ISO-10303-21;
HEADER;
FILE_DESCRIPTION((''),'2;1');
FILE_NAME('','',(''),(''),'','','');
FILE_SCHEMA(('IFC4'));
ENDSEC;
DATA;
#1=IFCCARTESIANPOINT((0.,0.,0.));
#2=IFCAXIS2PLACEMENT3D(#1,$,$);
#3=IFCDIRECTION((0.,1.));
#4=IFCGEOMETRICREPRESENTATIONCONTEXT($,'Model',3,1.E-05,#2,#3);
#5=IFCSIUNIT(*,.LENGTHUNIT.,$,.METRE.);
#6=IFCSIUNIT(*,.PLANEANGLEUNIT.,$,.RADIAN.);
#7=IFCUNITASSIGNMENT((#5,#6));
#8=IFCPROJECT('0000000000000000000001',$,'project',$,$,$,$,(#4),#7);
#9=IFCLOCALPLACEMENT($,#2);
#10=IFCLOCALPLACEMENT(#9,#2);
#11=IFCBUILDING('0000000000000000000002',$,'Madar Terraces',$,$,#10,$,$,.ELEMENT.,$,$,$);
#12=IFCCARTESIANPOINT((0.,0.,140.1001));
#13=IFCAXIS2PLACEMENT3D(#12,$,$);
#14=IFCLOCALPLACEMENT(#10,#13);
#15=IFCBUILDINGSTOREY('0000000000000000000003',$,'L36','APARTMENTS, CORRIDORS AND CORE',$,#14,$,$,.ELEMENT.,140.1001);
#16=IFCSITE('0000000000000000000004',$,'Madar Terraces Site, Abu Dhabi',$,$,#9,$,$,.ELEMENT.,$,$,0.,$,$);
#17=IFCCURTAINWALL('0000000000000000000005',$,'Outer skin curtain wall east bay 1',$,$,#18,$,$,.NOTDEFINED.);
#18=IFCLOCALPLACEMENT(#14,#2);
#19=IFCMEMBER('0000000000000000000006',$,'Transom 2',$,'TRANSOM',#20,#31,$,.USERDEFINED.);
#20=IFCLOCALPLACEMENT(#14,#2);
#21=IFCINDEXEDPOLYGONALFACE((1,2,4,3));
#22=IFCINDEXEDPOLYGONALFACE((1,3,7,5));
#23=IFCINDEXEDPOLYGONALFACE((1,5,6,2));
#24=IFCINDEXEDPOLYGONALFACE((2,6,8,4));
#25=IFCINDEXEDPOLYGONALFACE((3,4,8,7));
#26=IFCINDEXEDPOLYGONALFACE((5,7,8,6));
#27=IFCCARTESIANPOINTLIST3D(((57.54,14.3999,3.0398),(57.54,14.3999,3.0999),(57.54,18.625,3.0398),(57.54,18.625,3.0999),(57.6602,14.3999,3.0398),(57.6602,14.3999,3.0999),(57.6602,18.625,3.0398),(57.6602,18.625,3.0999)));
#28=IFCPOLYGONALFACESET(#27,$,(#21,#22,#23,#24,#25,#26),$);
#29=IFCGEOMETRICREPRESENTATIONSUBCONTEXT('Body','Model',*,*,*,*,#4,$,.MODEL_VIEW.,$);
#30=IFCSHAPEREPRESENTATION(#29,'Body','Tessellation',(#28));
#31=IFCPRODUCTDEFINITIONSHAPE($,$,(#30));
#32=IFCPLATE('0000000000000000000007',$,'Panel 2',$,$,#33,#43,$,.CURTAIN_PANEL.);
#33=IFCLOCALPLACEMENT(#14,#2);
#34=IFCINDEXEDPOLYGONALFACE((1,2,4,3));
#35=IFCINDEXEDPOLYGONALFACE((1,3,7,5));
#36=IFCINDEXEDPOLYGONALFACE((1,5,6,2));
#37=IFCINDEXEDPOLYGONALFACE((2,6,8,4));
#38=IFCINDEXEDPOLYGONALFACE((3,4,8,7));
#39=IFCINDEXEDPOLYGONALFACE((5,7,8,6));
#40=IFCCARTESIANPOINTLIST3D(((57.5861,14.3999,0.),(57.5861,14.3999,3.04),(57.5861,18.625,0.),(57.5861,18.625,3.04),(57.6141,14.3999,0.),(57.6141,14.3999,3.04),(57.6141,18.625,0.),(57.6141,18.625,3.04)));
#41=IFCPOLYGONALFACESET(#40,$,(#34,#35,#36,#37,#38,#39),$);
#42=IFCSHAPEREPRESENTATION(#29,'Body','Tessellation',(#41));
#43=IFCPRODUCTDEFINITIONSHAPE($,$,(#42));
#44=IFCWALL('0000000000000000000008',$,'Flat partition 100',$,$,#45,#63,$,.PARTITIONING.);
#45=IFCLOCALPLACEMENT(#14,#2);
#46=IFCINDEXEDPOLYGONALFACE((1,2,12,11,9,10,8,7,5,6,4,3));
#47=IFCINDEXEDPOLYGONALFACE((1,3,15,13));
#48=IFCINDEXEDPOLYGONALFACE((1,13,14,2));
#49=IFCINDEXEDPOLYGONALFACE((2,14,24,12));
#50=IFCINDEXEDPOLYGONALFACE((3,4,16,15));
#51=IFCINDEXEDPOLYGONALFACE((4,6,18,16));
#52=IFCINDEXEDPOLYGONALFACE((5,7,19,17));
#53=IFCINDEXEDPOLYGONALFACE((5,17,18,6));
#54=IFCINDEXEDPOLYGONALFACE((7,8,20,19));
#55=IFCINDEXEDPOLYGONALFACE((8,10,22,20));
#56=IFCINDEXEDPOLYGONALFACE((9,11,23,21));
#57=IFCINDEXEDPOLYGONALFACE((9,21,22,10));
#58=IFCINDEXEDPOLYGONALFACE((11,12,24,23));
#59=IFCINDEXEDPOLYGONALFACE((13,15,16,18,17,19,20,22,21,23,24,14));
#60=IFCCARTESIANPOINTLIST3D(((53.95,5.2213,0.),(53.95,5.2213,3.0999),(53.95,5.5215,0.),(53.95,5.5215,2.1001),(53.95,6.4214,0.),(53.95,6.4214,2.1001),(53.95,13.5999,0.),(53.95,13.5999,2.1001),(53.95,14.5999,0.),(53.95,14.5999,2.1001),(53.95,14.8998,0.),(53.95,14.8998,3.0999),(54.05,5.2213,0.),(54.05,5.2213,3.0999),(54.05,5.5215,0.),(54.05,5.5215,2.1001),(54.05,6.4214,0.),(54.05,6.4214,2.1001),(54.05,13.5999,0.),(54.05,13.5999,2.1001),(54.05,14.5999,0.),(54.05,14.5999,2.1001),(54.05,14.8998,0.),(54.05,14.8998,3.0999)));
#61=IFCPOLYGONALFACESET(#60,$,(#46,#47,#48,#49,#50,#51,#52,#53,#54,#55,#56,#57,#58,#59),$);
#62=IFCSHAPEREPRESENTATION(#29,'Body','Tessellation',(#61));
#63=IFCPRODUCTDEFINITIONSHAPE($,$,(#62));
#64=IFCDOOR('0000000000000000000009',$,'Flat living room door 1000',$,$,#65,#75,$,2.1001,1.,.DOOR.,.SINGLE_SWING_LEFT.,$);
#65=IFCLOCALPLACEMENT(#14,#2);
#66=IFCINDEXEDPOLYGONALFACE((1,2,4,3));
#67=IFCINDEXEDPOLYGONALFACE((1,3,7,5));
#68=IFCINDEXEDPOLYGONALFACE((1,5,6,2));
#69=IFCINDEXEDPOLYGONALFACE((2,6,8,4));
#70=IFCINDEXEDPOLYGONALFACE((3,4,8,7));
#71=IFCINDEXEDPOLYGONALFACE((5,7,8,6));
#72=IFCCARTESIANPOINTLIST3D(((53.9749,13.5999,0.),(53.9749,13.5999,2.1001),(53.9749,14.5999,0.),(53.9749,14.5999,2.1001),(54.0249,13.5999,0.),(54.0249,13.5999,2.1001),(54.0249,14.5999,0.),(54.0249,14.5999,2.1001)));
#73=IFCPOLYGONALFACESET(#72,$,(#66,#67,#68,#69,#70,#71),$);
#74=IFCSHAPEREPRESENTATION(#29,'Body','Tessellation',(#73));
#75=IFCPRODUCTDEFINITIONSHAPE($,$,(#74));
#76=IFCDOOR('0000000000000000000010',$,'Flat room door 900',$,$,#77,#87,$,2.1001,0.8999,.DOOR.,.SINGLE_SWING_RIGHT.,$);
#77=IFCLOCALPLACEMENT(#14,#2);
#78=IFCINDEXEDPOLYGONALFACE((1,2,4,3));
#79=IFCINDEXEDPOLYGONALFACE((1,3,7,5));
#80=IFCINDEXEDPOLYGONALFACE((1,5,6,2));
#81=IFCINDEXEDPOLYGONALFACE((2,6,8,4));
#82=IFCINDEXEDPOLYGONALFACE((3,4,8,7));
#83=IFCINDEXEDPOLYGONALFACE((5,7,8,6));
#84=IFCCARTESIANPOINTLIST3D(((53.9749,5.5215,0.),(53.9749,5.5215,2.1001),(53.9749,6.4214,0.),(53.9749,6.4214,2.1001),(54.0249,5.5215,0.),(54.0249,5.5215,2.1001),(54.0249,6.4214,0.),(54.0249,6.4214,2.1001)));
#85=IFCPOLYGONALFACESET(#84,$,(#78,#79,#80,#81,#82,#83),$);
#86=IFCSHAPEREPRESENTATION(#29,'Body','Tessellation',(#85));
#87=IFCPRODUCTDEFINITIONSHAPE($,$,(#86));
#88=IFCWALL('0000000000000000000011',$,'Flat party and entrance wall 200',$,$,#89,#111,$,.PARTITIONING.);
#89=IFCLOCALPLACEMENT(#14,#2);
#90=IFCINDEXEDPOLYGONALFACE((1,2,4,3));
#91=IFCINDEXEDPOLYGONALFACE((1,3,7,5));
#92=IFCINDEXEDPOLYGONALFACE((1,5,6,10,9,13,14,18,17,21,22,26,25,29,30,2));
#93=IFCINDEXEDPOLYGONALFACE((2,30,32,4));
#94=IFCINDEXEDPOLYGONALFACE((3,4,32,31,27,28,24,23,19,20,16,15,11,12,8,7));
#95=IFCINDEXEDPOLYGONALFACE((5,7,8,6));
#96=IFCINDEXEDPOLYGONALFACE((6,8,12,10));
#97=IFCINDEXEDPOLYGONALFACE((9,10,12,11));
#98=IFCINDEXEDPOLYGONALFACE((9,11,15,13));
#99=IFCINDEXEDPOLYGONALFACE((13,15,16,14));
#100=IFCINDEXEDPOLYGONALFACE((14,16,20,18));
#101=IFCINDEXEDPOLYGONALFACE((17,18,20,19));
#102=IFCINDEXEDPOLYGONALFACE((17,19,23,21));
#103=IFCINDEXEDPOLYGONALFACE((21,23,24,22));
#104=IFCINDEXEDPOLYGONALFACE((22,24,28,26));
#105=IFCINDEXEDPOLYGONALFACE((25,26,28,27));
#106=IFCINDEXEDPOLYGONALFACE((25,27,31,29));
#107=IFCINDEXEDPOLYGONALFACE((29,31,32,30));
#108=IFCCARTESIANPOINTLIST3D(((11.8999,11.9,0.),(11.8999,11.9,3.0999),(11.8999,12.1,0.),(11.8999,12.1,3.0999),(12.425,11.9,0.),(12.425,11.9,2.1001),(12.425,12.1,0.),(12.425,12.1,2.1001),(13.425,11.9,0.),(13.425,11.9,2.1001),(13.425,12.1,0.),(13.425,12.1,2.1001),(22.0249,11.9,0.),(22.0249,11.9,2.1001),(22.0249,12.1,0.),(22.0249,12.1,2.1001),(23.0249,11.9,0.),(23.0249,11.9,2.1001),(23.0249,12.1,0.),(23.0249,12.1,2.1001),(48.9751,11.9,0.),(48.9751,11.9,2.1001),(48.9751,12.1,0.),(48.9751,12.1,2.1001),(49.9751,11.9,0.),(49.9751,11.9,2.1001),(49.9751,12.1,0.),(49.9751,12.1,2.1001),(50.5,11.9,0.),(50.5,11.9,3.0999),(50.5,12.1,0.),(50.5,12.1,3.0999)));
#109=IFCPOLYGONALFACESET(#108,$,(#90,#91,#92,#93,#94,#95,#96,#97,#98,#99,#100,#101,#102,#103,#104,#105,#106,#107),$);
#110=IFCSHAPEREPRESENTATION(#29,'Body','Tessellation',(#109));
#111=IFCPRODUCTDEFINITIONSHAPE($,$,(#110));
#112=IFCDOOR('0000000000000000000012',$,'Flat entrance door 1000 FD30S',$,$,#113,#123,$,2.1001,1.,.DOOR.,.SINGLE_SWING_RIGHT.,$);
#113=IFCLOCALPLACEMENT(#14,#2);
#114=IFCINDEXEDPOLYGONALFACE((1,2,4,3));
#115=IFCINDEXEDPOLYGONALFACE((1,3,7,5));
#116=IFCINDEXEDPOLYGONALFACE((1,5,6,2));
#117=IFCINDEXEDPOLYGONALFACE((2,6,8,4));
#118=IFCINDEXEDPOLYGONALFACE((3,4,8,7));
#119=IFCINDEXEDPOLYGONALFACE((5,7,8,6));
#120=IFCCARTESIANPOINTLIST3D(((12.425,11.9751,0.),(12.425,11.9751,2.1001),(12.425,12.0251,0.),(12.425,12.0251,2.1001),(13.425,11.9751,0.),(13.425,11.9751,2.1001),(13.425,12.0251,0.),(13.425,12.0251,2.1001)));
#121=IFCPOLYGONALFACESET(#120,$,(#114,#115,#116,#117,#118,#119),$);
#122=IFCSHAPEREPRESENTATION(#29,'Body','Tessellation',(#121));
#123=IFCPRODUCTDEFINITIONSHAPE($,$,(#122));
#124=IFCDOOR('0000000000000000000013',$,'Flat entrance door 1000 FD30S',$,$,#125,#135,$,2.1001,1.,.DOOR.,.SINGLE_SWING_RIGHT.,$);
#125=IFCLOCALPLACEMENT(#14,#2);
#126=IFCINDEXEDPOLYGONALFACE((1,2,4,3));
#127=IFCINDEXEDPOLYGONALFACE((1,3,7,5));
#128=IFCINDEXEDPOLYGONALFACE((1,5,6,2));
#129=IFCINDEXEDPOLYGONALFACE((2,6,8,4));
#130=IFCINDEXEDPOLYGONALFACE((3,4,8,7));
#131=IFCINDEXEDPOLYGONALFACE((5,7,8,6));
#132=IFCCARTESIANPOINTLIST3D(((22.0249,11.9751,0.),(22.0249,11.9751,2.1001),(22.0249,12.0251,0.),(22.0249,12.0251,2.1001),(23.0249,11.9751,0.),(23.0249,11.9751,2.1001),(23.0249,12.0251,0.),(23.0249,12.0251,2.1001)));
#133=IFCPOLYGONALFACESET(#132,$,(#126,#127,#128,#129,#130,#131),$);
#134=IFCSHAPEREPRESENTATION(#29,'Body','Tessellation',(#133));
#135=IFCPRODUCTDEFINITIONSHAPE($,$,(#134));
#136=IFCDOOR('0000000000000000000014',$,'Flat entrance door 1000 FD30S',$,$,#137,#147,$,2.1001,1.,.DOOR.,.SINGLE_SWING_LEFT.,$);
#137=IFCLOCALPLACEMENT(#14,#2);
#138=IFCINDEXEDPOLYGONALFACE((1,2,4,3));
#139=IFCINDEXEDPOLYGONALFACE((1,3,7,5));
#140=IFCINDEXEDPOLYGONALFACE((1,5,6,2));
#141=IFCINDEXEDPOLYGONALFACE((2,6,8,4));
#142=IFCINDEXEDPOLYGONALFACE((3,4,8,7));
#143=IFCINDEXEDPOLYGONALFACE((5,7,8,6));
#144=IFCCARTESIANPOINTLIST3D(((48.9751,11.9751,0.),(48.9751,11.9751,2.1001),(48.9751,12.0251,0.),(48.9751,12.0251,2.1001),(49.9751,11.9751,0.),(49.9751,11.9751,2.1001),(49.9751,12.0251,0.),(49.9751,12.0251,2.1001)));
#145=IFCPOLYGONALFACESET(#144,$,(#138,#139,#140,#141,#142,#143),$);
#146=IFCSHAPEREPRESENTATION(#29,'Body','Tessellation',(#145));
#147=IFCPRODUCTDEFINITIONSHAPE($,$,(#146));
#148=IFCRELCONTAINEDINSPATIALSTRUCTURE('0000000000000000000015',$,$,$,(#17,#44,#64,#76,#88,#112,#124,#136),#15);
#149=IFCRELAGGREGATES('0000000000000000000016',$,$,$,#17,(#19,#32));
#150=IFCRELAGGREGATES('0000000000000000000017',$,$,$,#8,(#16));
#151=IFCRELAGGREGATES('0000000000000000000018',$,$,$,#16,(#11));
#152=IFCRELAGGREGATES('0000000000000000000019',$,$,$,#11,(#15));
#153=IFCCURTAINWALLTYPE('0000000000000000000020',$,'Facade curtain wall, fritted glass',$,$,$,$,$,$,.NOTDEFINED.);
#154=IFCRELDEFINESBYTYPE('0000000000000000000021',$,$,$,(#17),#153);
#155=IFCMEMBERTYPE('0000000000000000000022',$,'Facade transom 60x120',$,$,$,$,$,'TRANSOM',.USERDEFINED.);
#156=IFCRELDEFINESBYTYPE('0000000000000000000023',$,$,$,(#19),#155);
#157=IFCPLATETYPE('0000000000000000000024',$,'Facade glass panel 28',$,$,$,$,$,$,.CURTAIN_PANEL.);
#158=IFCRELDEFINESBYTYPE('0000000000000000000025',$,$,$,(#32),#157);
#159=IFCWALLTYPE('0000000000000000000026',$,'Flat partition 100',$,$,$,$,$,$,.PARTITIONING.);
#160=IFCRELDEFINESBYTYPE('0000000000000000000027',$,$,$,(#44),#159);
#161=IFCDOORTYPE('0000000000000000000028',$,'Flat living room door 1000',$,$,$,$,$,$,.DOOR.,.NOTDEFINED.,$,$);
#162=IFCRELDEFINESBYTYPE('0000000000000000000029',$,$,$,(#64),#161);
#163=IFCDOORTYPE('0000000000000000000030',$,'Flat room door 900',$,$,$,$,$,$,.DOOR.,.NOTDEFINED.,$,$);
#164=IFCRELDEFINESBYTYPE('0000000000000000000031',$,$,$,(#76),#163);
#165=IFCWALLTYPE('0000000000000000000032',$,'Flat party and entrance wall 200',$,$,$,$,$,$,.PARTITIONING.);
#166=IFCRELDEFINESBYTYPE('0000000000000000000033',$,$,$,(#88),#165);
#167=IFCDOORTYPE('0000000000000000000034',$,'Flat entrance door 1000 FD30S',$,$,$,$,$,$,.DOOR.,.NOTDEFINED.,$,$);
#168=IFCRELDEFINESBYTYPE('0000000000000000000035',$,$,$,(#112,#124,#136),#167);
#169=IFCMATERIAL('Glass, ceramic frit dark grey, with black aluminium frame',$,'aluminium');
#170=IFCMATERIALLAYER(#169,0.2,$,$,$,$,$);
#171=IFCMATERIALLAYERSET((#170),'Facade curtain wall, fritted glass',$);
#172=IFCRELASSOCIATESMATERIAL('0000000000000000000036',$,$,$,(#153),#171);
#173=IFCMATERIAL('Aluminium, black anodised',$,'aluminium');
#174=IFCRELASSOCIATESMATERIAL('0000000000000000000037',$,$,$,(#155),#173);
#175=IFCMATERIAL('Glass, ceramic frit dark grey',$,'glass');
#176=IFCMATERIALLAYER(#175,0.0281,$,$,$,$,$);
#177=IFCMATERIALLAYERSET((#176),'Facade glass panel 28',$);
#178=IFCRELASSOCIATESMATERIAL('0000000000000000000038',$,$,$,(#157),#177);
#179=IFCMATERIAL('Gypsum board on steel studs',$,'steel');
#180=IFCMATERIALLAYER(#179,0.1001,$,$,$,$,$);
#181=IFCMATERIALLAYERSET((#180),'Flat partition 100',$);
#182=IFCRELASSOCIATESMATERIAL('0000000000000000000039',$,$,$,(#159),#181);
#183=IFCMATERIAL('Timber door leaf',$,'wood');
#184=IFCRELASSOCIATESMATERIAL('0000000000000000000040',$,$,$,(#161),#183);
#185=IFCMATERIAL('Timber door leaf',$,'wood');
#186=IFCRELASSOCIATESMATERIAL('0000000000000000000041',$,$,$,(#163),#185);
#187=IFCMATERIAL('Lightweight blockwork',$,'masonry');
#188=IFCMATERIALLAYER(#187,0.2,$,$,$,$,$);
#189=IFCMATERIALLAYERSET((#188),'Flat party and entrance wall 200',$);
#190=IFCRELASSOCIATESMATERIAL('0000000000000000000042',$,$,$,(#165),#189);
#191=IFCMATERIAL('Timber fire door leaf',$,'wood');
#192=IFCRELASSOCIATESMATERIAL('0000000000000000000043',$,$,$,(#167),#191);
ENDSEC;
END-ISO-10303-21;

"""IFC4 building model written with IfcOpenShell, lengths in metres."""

from ifc_helpers import new_model, si_unit, direction, frame, frame_2d, origin, origin_2d, place, context, subcontext, project, spatial, rectangle, extrude, material, layer, layer_set, material_profile, profile_set, type_object, element, fill, aggregate, save


model = new_model("IFC4")

# Units and contexts
model_context = context("Model", 3, precision=1e-05, world=origin(), true_north=direction((0.0, 1.0)))
body_context = subcontext(model_context, "Body", "Model", "MODEL_VIEW")
ifc_project = project(units=[si_unit("LENGTHUNIT", "METRE"), si_unit("PLANEANGLEUNIT", "RADIAN")], contexts=[model_context])

# Site, building, storey
site_placement = place(None, origin())
site = spatial("IfcSite", under=ifc_project, at=site_placement, Name="Madar Terraces Site, Abu Dhabi", CompositionType="ELEMENT", RefElevation=0.0)
building_placement = place(site_placement, origin())
building = spatial("IfcBuilding", under=site, at=building_placement, Name="Madar Terraces", CompositionType="ELEMENT")
storey_placement = place(building_placement, frame((0.0, 0.0, 140.1001)))
storey = spatial("IfcBuildingStorey", under=building, at=storey_placement, Name="L36", Description="APARTMENTS, CORRIDORS AND CORE", CompositionType="ELEMENT", Elevation=140.1001)

# Curtain wall, member, plate
ifc_material_1 = material(Name="Glass, ceramic frit dark grey, with black aluminium frame", Category="aluminium")
ifc_layer_1 = layer(ifc_material_1, 0.2)
ifc_layer_set_1 = layer_set([ifc_layer_1], Name="Facade curtain wall, fritted glass")
curtain_wall_type = type_object("IfcCurtainWallType", Name="Facade curtain wall, fritted glass", PredefinedType="NOTDEFINED", material=ifc_layer_set_1)
curtain_wall_placement = place(storey_placement, origin())
curtain_wall = element("IfcCurtainWall", 1, at=curtain_wall_placement, inside=storey, type_object=curtain_wall_type, Name="Outer skin curtain wall east bay 1", PredefinedType="NOTDEFINED")
ifc_material_2 = material(Name="Aluminium, black anodised", Category="aluminium")
ifc_material_profile = material_profile(ifc_material_2, rectangle(XDim=0.1201, YDim=0.0601, at=origin_2d()), Name="Facade transom 60x120")
ifc_profile_set = profile_set([ifc_material_profile], Name="Aluminium, black anodised")
member_type = type_object("IfcMemberType", Name="Facade transom 60x120", ElementType="TRANSOM", PredefinedType="USERDEFINED", material=ifc_profile_set)
member_placement = place(storey_placement, frame((57.6001, 14.3999, 3.0698), z_axis=(0.0, 1.0, 0.0), x_axis=(-1.0, 0.0, 0.0)))
member = element("IfcMember", 2, at=member_placement, type_object=member_type, Name="Transom 2", ObjectType="TRANSOM", PredefinedType="USERDEFINED", context=body_context, shape_type="SweptSolid", body=[
    extrude(rectangle(XDim=0.1201, YDim=0.0601, at=origin_2d()), origin(), (0.0, 0.0, 1.0), 4.2251),
])
ifc_material_3 = material(Name="Glass, ceramic frit dark grey", Category="glass")
ifc_layer_2 = layer(ifc_material_3, 0.0281)
ifc_layer_set_2 = layer_set([ifc_layer_2], Name="Facade glass panel 28")
plate_type = type_object("IfcPlateType", Name="Facade glass panel 28", PredefinedType="CURTAIN_PANEL", material=ifc_layer_set_2)
plate_placement = place(storey_placement, frame((57.6001, 16.5125, 0.0), z_axis=(0.0, 0.0, 1.0), x_axis=(0.0, 1.0, 0.0)))
plate = element("IfcPlate", 3, at=plate_placement, type_object=plate_type, Name="Panel 2", PredefinedType="CURTAIN_PANEL", context=body_context, shape_type="SweptSolid", body=[
    extrude(rectangle(XDim=4.2251, YDim=0.0281, at=origin_2d()), origin(), (0.0, 0.0, 1.0), 3.04),
])
aggregate(curtain_wall, [member, plate])

# Walls, openings, doors
ifc_material_4 = material(Name="Gypsum board on steel studs", Category="steel")
ifc_layer_3 = layer(ifc_material_4, 0.1001)
ifc_layer_set_3 = layer_set([ifc_layer_3], Name="Flat partition 100")
wall_type_1 = type_object("IfcWallType", Name="Flat partition 100", PredefinedType="PARTITIONING", material=ifc_layer_set_3)
wall_1_placement = place(storey_placement, frame((54.0, 14.8999, 0.0), z_axis=(0.0, 0.0, 1.0), x_axis=(0.0, -1.0, 0.0)))
wall_1 = element("IfcWall", 4, at=wall_1_placement, inside=storey, type_object=wall_type_1, Name="Flat partition 100", PredefinedType="PARTITIONING", context=body_context, shape_type="SweptSolid", body=[
    extrude(rectangle(XDim=9.6785, YDim=0.1001, at=frame_2d((4.8394, 0.0))), origin(), (0.0, 0.0, 1.0), 3.0999),
])
opening_1_placement = place(wall_1_placement, frame((0.3, 0.0, 0.0)))
opening_1 = element("IfcOpeningElement", 5, at=opening_1_placement, cuts=wall_1, PredefinedType="OPENING", context=body_context, shape_type="SweptSolid", body=[
    extrude(rectangle(XDim=1.0, YDim=2.1001, at=frame_2d((0.5, 1.05))), frame((0.0, 0.0601, 0.0), z_axis=(0.0, -1.0, 0.0), x_axis=(1.0, 0.0, 0.0)), (0.0, 0.0, 1.0), 0.1201),
])
opening_2_placement = place(wall_1_placement, frame((8.4785, 0.0, 0.0)))
opening_2 = element("IfcOpeningElement", 6, at=opening_2_placement, cuts=wall_1, PredefinedType="OPENING", context=body_context, shape_type="SweptSolid", body=[
    extrude(rectangle(XDim=0.8999, YDim=2.1001, at=frame_2d((0.45, 1.05))), frame((0.0, 0.0601, 0.0), z_axis=(0.0, -1.0, 0.0), x_axis=(1.0, 0.0, 0.0)), (0.0, 0.0, 1.0), 0.1201),
])
ifc_material_5 = material(Name="Timber door leaf", Category="wood")
door_type_1 = type_object("IfcDoorType", Name="Flat living room door 1000", OperationType="NOTDEFINED", PredefinedType="DOOR", material=ifc_material_5)
door_1_placement = place(opening_1_placement, origin())
door_1 = element("IfcDoor", 7, at=door_1_placement, inside=storey, type_object=door_type_1, Name="Flat living room door 1000", OperationType="SINGLE_SWING_LEFT", OverallHeight=2.1001, OverallWidth=1.0, PredefinedType="DOOR", context=body_context, shape_type="SweptSolid", body=[
    extrude(rectangle(XDim=1.0, YDim=2.1001, at=frame_2d((0.5, 1.05))), frame((0.0, 0.0249, 0.0), z_axis=(0.0, -1.0, 0.0), x_axis=(1.0, 0.0, 0.0)), (0.0, 0.0, 1.0), 0.05),
])
fill(opening_1, door_1)
ifc_material_6 = material(Name="Timber door leaf", Category="wood")
door_type_2 = type_object("IfcDoorType", Name="Flat room door 900", OperationType="NOTDEFINED", PredefinedType="DOOR", material=ifc_material_6)
door_2_placement = place(opening_2_placement, origin())
door_2 = element("IfcDoor", 8, at=door_2_placement, inside=storey, type_object=door_type_2, Name="Flat room door 900", OperationType="SINGLE_SWING_RIGHT", OverallHeight=2.1001, OverallWidth=0.8999, PredefinedType="DOOR", context=body_context, shape_type="SweptSolid", body=[
    extrude(rectangle(XDim=0.8999, YDim=2.1001, at=frame_2d((0.45, 1.05))), frame((0.0, 0.0249, 0.0), z_axis=(0.0, -1.0, 0.0), x_axis=(1.0, 0.0, 0.0)), (0.0, 0.0, 1.0), 0.05),
])
fill(opening_2, door_2)
ifc_material_7 = material(Name="Lightweight blockwork", Category="masonry")
ifc_layer_4 = layer(ifc_material_7, 0.2)
ifc_layer_set_4 = layer_set([ifc_layer_4], Name="Flat party and entrance wall 200")
wall_type_2 = type_object("IfcWallType", Name="Flat party and entrance wall 200", PredefinedType="PARTITIONING", material=ifc_layer_set_4)
wall_2_placement = place(storey_placement, frame((50.5, 12.0, 0.0), z_axis=(0.0, 0.0, 1.0), x_axis=(-1.0, 0.0, 0.0)))
wall_2 = element("IfcWall", 9, at=wall_2_placement, inside=storey, type_object=wall_type_2, Name="Flat party and entrance wall 200", PredefinedType="PARTITIONING", context=body_context, shape_type="SweptSolid", body=[
    extrude(rectangle(XDim=38.6001, YDim=0.2, at=frame_2d((19.3, 0.0))), origin(), (0.0, 0.0, 1.0), 3.0999),
])
opening_3_placement = place(wall_2_placement, frame((37.075, 0.0, 0.0)))
opening_3 = element("IfcOpeningElement", 10, at=opening_3_placement, cuts=wall_2, PredefinedType="OPENING", context=body_context, shape_type="SweptSolid", body=[
    extrude(rectangle(XDim=1.0, YDim=2.1001, at=frame_2d((0.5, 1.05))), frame((0.0, 0.1099, 0.0), z_axis=(0.0, -1.0, 0.0), x_axis=(1.0, 0.0, 0.0)), (0.0, 0.0, 1.0), 0.22),
])
opening_4_placement = place(wall_2_placement, frame((27.4751, 0.0, 0.0)))
opening_4 = element("IfcOpeningElement", 11, at=opening_4_placement, cuts=wall_2, PredefinedType="OPENING", context=body_context, shape_type="SweptSolid", body=[
    extrude(rectangle(XDim=1.0, YDim=2.1001, at=frame_2d((0.5, 1.05))), frame((0.0, 0.1099, 0.0), z_axis=(0.0, -1.0, 0.0), x_axis=(1.0, 0.0, 0.0)), (0.0, 0.0, 1.0), 0.22),
])
opening_5_placement = place(wall_2_placement, frame((0.5249, 0.0, 0.0)))
opening_5 = element("IfcOpeningElement", 12, at=opening_5_placement, cuts=wall_2, PredefinedType="OPENING", context=body_context, shape_type="SweptSolid", body=[
    extrude(rectangle(XDim=1.0, YDim=2.1001, at=frame_2d((0.5, 1.05))), frame((0.0, 0.1099, 0.0), z_axis=(0.0, -1.0, 0.0), x_axis=(1.0, 0.0, 0.0)), (0.0, 0.0, 1.0), 0.22),
])
ifc_material_8 = material(Name="Timber fire door leaf", Category="wood")
door_type_3 = type_object("IfcDoorType", Name="Flat entrance door 1000 FD30S", OperationType="NOTDEFINED", PredefinedType="DOOR", material=ifc_material_8)
door_3_placement = place(opening_3_placement, origin())
door_3 = element("IfcDoor", 13, at=door_3_placement, inside=storey, type_object=door_type_3, Name="Flat entrance door 1000 FD30S", OperationType="SINGLE_SWING_RIGHT", OverallHeight=2.1001, OverallWidth=1.0, PredefinedType="DOOR", context=body_context, shape_type="SweptSolid", body=[
    extrude(rectangle(XDim=1.0, YDim=2.1001, at=frame_2d((0.5, 1.05))), frame((0.0, 0.0249, 0.0), z_axis=(0.0, -1.0, 0.0), x_axis=(1.0, 0.0, 0.0)), (0.0, 0.0, 1.0), 0.05),
])
fill(opening_3, door_3)
door_4_placement = place(opening_4_placement, origin())
door_4 = element("IfcDoor", 14, at=door_4_placement, inside=storey, type_object=door_type_3, Name="Flat entrance door 1000 FD30S", OperationType="SINGLE_SWING_RIGHT", OverallHeight=2.1001, OverallWidth=1.0, PredefinedType="DOOR", context=body_context, shape_type="SweptSolid", body=[
    extrude(rectangle(XDim=1.0, YDim=2.1001, at=frame_2d((0.5, 1.05))), frame((0.0, 0.0249, 0.0), z_axis=(0.0, -1.0, 0.0), x_axis=(1.0, 0.0, 0.0)), (0.0, 0.0, 1.0), 0.05),
])
fill(opening_4, door_4)
door_5_placement = place(opening_5_placement, origin())
door_5 = element("IfcDoor", 15, at=door_5_placement, inside=storey, type_object=door_type_3, Name="Flat entrance door 1000 FD30S", OperationType="SINGLE_SWING_LEFT", OverallHeight=2.1001, OverallWidth=1.0, PredefinedType="DOOR", context=body_context, shape_type="SweptSolid", body=[
    extrude(rectangle(XDim=1.0, YDim=2.1001, at=frame_2d((0.5, 1.05))), frame((0.0, 0.0249, 0.0), z_axis=(0.0, -1.0, 0.0), x_axis=(1.0, 0.0, 0.0)), (0.0, 0.0, 1.0), 0.05),
])
fill(opening_5, door_5)

save(model, "model.ifc")
